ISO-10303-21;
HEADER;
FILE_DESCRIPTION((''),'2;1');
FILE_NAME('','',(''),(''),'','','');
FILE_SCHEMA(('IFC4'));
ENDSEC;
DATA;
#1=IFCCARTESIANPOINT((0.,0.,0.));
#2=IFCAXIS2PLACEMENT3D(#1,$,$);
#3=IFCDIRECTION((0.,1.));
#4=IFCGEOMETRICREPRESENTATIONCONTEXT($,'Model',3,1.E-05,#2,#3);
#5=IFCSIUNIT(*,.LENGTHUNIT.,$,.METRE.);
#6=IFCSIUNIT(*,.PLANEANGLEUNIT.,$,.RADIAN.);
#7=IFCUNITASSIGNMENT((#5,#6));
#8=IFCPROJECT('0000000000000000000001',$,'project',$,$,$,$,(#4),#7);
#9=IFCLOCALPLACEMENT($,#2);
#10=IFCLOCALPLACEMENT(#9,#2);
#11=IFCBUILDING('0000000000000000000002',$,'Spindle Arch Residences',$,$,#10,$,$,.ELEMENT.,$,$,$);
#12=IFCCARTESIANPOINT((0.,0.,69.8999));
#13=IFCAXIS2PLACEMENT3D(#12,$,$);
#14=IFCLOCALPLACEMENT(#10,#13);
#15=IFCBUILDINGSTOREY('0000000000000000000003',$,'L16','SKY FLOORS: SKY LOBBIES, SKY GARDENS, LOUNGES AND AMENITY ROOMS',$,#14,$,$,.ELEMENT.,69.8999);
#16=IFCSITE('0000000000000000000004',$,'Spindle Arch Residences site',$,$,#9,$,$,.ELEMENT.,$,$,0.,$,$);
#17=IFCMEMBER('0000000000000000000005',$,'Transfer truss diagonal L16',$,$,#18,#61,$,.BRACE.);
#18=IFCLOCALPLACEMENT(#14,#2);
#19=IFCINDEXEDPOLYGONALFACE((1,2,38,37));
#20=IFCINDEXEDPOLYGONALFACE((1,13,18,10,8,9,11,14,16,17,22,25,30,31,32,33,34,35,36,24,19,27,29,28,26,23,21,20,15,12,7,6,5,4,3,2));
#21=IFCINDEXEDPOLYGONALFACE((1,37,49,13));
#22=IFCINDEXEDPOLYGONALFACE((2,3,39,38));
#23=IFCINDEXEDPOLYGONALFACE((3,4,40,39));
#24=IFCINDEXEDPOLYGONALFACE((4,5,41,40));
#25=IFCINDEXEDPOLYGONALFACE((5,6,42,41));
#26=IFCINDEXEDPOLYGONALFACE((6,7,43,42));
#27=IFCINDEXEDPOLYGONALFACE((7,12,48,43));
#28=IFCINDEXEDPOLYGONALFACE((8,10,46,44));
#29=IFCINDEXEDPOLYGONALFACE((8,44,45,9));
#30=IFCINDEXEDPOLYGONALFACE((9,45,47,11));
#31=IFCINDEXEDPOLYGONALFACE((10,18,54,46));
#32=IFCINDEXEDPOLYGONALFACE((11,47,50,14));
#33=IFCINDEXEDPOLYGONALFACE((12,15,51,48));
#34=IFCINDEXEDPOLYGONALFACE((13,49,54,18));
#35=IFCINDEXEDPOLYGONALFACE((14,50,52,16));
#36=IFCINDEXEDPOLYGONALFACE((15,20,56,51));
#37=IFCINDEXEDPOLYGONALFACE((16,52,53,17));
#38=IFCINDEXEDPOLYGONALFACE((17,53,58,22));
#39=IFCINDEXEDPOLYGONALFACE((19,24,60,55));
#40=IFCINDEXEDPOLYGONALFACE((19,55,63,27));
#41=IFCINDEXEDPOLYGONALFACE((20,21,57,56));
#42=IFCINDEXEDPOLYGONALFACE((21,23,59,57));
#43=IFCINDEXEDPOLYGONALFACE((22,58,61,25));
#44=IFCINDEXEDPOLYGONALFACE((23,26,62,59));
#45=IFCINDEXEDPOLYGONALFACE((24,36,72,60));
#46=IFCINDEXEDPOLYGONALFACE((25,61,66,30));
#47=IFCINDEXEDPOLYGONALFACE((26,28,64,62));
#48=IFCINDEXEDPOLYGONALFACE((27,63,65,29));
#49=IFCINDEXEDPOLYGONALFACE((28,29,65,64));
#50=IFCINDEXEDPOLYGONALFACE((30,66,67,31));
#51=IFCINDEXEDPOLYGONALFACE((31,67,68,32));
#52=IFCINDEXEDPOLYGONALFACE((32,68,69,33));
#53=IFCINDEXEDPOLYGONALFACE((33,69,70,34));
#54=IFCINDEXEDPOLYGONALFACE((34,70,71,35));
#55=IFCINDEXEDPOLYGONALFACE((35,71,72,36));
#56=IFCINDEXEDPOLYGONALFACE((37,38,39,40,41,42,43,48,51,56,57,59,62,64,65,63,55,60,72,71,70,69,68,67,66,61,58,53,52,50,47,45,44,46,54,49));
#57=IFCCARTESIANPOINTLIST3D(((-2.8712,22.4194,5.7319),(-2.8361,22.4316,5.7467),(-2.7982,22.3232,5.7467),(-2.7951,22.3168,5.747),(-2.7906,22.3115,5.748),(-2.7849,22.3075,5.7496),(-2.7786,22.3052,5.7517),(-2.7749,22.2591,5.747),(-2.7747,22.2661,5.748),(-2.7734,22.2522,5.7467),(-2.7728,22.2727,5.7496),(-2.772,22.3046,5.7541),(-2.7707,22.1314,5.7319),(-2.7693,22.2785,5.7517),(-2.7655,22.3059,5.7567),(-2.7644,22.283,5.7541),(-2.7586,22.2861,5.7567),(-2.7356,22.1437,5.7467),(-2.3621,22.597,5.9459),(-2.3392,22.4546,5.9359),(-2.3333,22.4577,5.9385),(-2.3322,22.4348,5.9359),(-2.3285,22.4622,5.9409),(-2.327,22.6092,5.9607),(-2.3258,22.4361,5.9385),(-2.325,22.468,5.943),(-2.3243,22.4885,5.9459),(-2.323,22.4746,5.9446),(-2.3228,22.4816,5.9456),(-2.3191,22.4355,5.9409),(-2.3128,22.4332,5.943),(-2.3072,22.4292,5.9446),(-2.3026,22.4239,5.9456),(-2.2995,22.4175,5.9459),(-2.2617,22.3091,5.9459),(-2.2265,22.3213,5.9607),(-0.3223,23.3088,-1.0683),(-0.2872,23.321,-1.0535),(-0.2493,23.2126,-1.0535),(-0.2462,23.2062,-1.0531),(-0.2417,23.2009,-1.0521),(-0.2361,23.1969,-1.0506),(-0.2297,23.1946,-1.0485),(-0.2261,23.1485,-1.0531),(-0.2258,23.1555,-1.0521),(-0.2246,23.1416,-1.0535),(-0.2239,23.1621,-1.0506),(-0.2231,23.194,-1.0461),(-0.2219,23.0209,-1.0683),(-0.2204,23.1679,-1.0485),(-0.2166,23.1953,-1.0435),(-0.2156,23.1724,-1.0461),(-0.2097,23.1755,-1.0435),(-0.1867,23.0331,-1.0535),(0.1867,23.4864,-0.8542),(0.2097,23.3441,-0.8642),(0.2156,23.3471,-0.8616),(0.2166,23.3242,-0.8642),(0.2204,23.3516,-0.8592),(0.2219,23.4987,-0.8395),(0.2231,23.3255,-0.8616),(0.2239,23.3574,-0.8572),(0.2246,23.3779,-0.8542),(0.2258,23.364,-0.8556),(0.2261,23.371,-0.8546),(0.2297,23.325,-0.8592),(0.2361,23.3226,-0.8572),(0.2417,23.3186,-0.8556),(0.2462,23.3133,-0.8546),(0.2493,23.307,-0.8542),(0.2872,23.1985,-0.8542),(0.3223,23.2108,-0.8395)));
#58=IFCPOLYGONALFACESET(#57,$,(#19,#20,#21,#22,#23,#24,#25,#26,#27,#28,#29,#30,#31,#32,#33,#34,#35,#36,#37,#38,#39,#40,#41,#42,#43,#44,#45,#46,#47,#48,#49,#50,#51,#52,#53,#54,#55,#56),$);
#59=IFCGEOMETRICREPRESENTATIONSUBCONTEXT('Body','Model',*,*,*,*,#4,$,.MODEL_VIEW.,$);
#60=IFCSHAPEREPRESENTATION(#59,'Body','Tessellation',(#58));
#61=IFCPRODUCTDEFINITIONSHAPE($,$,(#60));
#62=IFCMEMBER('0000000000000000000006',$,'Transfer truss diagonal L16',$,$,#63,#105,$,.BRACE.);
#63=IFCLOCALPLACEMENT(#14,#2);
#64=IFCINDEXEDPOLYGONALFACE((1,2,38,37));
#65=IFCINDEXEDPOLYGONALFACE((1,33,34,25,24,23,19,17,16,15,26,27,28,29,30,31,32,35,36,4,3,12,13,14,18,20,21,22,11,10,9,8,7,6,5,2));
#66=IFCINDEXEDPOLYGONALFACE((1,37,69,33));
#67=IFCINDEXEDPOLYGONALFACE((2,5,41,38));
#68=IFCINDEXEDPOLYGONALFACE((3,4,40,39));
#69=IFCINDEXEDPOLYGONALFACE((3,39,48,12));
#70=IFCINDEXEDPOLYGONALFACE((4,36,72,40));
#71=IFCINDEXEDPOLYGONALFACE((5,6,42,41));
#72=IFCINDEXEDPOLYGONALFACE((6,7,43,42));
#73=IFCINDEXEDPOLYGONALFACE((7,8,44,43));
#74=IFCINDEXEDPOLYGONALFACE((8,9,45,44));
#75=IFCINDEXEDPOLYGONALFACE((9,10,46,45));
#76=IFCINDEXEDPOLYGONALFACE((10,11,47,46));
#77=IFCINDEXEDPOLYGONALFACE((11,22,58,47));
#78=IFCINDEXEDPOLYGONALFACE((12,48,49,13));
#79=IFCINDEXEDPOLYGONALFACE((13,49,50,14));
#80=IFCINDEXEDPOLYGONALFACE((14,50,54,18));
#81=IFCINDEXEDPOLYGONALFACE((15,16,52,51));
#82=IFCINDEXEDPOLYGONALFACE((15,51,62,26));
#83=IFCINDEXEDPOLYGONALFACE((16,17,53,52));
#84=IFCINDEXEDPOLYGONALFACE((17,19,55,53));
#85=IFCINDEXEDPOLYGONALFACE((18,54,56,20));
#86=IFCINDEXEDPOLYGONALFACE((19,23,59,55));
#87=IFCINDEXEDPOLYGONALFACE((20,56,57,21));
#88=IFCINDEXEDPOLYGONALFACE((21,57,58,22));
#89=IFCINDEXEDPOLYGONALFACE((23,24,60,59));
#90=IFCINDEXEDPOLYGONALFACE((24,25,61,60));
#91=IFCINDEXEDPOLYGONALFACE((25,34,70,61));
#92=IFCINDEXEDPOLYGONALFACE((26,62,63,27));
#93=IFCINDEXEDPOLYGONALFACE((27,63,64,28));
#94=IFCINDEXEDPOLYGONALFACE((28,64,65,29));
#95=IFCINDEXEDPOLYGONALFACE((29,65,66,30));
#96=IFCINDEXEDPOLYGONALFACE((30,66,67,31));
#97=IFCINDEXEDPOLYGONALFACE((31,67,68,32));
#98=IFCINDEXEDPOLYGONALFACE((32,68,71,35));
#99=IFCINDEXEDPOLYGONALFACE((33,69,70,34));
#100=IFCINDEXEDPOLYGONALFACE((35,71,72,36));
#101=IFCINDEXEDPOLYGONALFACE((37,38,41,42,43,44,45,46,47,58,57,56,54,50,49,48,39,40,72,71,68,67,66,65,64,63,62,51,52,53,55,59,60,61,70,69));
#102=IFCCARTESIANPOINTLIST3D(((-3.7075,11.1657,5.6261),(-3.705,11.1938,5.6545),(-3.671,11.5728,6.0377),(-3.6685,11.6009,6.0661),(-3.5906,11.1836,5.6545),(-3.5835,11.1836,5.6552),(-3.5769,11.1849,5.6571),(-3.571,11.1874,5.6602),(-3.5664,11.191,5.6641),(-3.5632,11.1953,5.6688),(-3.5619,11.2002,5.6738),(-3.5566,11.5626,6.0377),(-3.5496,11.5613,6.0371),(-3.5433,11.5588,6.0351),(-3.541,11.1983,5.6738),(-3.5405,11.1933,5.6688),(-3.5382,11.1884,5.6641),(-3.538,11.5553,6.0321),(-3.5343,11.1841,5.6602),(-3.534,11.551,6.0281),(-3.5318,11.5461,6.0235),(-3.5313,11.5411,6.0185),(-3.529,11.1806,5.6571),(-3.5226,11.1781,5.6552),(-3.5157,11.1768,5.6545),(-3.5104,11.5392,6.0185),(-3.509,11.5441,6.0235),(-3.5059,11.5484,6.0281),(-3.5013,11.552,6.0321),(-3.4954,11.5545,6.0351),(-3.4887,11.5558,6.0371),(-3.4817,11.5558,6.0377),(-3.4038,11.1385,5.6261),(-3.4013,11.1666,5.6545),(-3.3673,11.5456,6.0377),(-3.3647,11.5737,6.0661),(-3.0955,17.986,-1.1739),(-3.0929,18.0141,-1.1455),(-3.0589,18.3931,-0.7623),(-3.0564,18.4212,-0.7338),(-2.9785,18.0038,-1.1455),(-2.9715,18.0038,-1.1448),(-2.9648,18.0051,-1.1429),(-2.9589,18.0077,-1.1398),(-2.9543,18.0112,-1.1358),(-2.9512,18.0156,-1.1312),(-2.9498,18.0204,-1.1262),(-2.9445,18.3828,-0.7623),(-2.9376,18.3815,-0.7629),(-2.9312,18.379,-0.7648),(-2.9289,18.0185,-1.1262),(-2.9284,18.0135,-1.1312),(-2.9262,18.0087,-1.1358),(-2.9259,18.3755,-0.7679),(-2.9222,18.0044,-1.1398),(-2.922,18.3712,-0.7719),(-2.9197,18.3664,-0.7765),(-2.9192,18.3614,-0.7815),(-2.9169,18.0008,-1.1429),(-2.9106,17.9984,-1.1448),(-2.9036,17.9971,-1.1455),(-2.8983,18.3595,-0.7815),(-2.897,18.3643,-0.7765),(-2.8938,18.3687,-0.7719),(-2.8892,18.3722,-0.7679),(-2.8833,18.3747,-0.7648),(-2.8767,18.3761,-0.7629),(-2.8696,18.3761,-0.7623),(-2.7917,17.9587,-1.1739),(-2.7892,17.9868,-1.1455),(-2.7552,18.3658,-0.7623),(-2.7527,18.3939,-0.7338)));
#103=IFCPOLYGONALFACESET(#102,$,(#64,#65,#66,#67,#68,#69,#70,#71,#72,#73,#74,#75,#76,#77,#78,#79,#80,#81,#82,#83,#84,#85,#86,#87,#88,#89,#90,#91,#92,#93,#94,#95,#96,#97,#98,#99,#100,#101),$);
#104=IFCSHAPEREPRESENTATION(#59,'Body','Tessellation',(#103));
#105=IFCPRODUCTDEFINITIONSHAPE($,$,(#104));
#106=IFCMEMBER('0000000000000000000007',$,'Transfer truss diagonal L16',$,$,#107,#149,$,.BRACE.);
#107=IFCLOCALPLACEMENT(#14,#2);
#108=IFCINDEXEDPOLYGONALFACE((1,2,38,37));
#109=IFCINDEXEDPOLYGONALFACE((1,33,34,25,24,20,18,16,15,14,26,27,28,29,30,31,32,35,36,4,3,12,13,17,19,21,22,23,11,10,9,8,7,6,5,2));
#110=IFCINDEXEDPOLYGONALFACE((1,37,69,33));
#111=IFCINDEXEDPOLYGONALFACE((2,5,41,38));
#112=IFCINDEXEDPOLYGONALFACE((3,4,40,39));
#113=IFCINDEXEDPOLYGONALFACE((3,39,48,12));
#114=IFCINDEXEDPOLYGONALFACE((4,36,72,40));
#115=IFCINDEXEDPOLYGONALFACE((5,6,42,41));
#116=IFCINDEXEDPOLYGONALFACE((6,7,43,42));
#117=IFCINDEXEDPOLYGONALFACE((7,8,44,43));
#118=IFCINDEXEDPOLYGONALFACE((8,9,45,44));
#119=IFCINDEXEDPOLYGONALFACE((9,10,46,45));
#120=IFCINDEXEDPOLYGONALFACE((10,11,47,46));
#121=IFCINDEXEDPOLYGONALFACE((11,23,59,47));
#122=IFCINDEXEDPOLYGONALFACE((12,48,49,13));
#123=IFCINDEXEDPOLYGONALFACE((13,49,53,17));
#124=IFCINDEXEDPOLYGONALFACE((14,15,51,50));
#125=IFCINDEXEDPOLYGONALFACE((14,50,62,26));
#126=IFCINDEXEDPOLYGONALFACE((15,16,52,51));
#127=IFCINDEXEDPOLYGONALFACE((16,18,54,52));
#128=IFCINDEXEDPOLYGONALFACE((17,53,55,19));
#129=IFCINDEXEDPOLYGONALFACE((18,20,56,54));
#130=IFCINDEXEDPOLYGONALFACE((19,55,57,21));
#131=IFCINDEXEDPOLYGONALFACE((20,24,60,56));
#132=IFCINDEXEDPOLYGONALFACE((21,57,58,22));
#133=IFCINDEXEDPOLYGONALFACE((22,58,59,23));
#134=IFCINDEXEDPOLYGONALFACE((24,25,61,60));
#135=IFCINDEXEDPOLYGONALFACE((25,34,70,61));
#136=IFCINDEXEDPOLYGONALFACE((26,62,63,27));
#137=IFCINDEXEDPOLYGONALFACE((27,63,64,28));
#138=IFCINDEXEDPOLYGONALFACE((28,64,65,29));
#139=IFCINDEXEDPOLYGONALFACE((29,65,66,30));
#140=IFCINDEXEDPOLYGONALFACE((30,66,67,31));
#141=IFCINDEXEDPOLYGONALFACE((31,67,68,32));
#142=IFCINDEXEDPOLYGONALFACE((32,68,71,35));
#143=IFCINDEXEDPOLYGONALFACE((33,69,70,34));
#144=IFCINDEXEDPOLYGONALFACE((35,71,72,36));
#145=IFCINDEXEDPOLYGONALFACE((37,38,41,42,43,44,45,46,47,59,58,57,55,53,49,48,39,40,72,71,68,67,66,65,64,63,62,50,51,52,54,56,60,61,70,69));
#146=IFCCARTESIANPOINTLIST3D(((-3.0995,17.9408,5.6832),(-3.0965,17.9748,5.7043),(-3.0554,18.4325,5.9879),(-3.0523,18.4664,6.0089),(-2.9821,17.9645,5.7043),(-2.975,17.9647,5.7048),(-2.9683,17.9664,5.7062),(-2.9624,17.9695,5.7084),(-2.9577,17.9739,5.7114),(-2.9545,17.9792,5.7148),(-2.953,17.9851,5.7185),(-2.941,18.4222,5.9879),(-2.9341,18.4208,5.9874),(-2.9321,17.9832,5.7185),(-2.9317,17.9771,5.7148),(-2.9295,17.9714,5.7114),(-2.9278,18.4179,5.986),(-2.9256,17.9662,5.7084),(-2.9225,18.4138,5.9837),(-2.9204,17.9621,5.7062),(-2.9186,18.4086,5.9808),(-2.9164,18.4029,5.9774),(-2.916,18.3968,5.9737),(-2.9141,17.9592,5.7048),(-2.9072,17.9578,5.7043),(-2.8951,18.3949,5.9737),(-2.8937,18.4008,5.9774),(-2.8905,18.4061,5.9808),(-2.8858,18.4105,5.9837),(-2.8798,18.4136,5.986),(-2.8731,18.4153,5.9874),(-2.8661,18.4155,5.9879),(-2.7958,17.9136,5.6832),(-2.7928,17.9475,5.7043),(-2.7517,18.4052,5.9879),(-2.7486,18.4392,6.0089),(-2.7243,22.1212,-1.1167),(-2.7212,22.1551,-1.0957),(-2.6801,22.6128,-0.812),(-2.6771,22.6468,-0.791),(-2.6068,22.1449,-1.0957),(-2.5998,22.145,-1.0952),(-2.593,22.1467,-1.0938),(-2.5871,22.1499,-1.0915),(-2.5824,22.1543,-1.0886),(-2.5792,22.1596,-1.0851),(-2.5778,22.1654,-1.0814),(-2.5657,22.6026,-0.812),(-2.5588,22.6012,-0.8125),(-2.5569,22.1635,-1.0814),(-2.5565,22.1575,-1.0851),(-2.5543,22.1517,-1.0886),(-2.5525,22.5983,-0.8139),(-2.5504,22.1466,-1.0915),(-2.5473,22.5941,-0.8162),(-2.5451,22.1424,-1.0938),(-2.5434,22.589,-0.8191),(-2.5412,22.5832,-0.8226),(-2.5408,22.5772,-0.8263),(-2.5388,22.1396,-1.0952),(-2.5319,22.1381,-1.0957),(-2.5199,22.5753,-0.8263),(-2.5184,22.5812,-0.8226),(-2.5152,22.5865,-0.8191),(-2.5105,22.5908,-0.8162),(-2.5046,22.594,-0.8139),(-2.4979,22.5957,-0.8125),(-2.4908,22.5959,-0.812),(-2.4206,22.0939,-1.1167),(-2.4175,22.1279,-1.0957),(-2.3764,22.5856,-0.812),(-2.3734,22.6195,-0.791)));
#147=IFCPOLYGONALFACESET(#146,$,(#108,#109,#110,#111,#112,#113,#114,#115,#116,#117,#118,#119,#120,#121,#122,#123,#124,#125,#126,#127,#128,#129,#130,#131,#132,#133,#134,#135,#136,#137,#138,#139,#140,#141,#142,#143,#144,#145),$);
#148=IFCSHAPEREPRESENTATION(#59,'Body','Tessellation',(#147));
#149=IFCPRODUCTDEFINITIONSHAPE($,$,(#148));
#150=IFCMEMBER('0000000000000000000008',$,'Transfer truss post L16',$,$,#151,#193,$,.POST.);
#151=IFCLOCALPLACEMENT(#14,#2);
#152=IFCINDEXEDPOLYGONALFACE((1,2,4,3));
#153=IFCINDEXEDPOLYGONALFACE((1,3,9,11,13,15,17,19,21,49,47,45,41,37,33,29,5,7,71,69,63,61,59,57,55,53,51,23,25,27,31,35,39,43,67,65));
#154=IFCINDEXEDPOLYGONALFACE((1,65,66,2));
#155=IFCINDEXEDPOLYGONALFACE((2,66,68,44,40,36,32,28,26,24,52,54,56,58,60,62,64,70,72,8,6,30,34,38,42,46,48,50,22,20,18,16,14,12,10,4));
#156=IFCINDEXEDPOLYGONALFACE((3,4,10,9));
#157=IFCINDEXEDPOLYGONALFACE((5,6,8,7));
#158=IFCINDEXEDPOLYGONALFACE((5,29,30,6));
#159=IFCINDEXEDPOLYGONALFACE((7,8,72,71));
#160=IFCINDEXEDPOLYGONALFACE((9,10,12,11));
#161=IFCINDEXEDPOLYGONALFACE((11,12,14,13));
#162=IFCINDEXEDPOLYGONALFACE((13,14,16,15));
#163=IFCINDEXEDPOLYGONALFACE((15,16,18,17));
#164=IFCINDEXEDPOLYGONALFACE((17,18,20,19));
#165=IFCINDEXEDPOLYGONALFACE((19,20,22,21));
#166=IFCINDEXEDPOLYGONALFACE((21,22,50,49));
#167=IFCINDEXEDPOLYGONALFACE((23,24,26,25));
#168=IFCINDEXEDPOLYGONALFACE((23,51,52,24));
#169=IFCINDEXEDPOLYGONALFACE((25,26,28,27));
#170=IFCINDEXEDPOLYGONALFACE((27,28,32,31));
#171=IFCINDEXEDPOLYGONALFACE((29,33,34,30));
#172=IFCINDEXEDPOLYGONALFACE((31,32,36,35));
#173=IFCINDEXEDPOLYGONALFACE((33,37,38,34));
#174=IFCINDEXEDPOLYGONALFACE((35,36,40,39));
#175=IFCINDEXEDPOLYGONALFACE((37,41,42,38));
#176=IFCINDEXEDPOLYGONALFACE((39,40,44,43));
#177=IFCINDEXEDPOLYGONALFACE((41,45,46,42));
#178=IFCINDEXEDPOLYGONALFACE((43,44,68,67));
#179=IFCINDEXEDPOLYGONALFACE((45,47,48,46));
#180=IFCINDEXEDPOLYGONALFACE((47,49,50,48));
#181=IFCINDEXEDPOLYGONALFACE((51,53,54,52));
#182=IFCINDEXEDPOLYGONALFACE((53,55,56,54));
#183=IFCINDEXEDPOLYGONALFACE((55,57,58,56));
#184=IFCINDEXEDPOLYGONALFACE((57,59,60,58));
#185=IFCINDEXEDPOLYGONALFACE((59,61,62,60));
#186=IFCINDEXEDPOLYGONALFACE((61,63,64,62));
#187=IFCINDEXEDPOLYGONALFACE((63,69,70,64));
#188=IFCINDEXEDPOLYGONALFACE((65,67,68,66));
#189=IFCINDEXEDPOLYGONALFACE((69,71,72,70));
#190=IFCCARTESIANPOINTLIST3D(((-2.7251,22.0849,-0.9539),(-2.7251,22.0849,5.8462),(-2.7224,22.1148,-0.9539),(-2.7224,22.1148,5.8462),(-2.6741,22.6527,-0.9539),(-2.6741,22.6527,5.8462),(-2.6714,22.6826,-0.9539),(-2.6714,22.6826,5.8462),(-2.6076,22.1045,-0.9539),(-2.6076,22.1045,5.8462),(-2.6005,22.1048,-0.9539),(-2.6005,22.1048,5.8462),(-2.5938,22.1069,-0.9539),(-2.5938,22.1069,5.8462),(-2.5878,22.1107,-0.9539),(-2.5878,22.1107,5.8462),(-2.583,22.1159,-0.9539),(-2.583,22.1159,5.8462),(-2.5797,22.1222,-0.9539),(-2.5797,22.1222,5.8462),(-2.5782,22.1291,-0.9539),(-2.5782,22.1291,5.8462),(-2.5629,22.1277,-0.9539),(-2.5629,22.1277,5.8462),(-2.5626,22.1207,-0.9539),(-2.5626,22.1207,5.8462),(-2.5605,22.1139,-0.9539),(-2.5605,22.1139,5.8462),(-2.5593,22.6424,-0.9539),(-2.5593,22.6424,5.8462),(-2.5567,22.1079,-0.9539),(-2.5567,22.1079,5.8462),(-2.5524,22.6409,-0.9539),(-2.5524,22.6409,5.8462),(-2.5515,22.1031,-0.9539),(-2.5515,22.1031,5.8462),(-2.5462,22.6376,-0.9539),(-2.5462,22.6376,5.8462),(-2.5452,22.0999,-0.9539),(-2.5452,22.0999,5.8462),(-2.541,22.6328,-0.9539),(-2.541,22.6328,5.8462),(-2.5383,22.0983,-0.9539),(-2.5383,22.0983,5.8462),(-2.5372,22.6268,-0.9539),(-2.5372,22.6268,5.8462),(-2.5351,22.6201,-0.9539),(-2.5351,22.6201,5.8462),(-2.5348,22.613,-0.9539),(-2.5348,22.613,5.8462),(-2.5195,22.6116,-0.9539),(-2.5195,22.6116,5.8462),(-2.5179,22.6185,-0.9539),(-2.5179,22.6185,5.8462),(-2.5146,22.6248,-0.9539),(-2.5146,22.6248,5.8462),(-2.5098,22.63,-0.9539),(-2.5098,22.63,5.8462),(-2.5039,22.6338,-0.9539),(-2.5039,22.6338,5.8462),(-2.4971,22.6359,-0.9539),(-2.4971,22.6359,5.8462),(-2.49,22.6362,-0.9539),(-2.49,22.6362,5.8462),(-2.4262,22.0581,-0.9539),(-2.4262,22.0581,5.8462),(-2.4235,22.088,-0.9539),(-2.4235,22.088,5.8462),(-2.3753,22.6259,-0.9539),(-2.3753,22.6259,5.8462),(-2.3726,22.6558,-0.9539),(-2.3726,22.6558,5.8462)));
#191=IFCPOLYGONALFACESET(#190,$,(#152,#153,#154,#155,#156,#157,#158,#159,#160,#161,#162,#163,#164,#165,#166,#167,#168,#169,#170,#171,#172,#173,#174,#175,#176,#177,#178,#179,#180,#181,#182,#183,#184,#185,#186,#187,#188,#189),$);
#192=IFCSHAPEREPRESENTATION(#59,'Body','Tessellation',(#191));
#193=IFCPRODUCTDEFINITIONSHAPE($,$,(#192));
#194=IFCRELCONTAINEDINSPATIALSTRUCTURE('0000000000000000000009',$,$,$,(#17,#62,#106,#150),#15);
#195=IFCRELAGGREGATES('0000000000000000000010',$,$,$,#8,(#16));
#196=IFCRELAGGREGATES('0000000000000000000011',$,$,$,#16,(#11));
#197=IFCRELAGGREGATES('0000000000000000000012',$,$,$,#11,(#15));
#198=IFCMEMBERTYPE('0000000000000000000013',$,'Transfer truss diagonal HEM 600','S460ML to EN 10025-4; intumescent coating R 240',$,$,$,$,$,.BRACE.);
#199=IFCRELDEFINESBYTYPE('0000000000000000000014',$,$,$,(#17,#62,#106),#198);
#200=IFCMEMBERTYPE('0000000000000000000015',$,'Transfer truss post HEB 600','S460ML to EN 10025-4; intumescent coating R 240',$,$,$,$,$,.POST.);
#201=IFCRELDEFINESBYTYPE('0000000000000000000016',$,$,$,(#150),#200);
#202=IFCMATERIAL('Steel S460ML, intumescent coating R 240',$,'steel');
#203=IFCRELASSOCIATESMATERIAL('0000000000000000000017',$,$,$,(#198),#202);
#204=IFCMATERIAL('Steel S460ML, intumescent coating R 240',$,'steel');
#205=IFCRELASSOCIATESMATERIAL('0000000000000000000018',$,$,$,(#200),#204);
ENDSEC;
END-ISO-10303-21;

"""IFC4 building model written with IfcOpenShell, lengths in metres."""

from ifc_helpers import new_model, si_unit, direction, frame, origin, origin_2d, place, context, subcontext, project, spatial, i_section, extrude, material, material_profile, profile_set, type_object, element, save


model = new_model("IFC4")

# Units and contexts
model_context = context("Model", 3, precision=1e-05, world=origin(), true_north=direction((0.0, 1.0)))
body_context = subcontext(model_context, "Body", "Model", "MODEL_VIEW")
ifc_project = project(units=[si_unit("LENGTHUNIT", "METRE"), si_unit("PLANEANGLEUNIT", "RADIAN")], contexts=[model_context])

# Site, building, storey
site_placement = place(None, origin())
site = spatial("IfcSite", under=ifc_project, at=site_placement, Name="Spindle Arch Residences site", CompositionType="ELEMENT", RefElevation=0.0)
building_placement = place(site_placement, origin())
building = spatial("IfcBuilding", under=site, at=building_placement, Name="Spindle Arch Residences", CompositionType="ELEMENT")
storey_placement = place(building_placement, frame((0.0, 0.0, 69.8999)))
storey = spatial("IfcBuildingStorey", under=building, at=storey_placement, Name="L16", Description="SKY FLOORS: SKY LOBBIES, SKY GARDENS, LOUNGES AND AMENITY ROOMS", CompositionType="ELEMENT", Elevation=69.8999)

# Members
ifc_material_1 = material(Name="Steel S460ML, intumescent coating R 240", Category="steel")
ifc_material_profile_1 = material_profile(ifc_material_1, i_section(OverallWidth=0.3049, OverallDepth=0.6201, WebThickness=0.021, FlangeThickness=0.04, FilletRadius=0.0271, at=origin_2d()), Name="HEM 600")
ifc_profile_set_1 = profile_set([ifc_material_profile_1], Name="Steel S460ML, intumescent coating R 240")
member_type_1 = type_object("IfcMemberType", Name="Transfer truss diagonal HEM 600", Description="S460ML to EN 10025-4; intumescent coating R 240", PredefinedType="BRACE", material=ifc_profile_set_1)
member_1_placement = place(storey_placement, frame((0.0, 23.2598, -0.9539), z_axis=(-0.348377, -0.121565, 0.929438), x_axis=(0.329464, -0.944168, 0.0)))
element("IfcMember", 1, at=member_1_placement, inside=storey, type_object=member_type_1, Name="Transfer truss diagonal L16", PredefinedType="BRACE", context=body_context, shape_type="SweptSolid", body=[
    extrude(i_section(OverallWidth=0.3049, OverallDepth=0.6201, WebThickness=0.021, FlangeThickness=0.04, FilletRadius=0.0271, at=origin_2d()), origin(), (0.0, 0.0, 1.0), 7.3164),
])
member_2_placement = place(storey_placement, frame((-2.9241, 18.1899, -0.9539), z_axis=(-0.063423, -0.706732, 0.704633), x_axis=(0.995997, -0.089382, 0.0)))
element("IfcMember", 2, at=member_2_placement, inside=storey, type_object=member_type_1, Name="Transfer truss diagonal L16", PredefinedType="BRACE", context=body_context, shape_type="SweptSolid", body=[
    extrude(i_section(OverallWidth=0.3049, OverallDepth=0.6201, WebThickness=0.021, FlangeThickness=0.04, FilletRadius=0.0271, at=origin_2d()), origin(), (0.0, 0.0, 1.0), 9.6504),
])
member_3_placement = place(storey_placement, frame((-2.5488, 22.3704, -0.9539), z_axis=(-0.046958, -0.523136, 0.850955), x_axis=(0.995996, -0.089403, 0.0)))
element("IfcMember", 3, at=member_3_placement, inside=storey, type_object=member_type_1, Name="Transfer truss diagonal L16", PredefinedType="BRACE", context=body_context, shape_type="SweptSolid", body=[
    extrude(i_section(OverallWidth=0.3049, OverallDepth=0.6201, WebThickness=0.021, FlangeThickness=0.04, FilletRadius=0.0271, at=origin_2d()), origin(), (0.0, 0.0, 1.0), 7.991),
])
ifc_material_2 = material(Name="Steel S460ML, intumescent coating R 240", Category="steel")
ifc_material_profile_2 = material_profile(ifc_material_2, i_section(OverallWidth=0.3, OverallDepth=0.6001, WebThickness=0.0154, FlangeThickness=0.03, FilletRadius=0.0271, at=origin_2d()), Name="HEB 600")
ifc_profile_set_2 = profile_set([ifc_material_profile_2], Name="Steel S460ML, intumescent coating R 240")
member_type_2 = type_object("IfcMemberType", Name="Transfer truss post HEB 600", Description="S460ML to EN 10025-4; intumescent coating R 240", PredefinedType="POST", material=ifc_profile_set_2)
member_4_placement = place(storey_placement, frame((-2.5488, 22.3704, -0.9539), z_axis=(0.0, 0.0, 1.0), x_axis=(0.995997, -0.089386, 0.0)))
element("IfcMember", 4, at=member_4_placement, inside=storey, type_object=member_type_2, Name="Transfer truss post L16", PredefinedType="POST", context=body_context, shape_type="SweptSolid", body=[
    extrude(i_section(OverallWidth=0.3, OverallDepth=0.6001, WebThickness=0.0154, FlangeThickness=0.03, FilletRadius=0.0271, at=origin_2d()), origin(), (0.0, 0.0, 1.0), 6.8),
])

save(model, "model.ifc")
